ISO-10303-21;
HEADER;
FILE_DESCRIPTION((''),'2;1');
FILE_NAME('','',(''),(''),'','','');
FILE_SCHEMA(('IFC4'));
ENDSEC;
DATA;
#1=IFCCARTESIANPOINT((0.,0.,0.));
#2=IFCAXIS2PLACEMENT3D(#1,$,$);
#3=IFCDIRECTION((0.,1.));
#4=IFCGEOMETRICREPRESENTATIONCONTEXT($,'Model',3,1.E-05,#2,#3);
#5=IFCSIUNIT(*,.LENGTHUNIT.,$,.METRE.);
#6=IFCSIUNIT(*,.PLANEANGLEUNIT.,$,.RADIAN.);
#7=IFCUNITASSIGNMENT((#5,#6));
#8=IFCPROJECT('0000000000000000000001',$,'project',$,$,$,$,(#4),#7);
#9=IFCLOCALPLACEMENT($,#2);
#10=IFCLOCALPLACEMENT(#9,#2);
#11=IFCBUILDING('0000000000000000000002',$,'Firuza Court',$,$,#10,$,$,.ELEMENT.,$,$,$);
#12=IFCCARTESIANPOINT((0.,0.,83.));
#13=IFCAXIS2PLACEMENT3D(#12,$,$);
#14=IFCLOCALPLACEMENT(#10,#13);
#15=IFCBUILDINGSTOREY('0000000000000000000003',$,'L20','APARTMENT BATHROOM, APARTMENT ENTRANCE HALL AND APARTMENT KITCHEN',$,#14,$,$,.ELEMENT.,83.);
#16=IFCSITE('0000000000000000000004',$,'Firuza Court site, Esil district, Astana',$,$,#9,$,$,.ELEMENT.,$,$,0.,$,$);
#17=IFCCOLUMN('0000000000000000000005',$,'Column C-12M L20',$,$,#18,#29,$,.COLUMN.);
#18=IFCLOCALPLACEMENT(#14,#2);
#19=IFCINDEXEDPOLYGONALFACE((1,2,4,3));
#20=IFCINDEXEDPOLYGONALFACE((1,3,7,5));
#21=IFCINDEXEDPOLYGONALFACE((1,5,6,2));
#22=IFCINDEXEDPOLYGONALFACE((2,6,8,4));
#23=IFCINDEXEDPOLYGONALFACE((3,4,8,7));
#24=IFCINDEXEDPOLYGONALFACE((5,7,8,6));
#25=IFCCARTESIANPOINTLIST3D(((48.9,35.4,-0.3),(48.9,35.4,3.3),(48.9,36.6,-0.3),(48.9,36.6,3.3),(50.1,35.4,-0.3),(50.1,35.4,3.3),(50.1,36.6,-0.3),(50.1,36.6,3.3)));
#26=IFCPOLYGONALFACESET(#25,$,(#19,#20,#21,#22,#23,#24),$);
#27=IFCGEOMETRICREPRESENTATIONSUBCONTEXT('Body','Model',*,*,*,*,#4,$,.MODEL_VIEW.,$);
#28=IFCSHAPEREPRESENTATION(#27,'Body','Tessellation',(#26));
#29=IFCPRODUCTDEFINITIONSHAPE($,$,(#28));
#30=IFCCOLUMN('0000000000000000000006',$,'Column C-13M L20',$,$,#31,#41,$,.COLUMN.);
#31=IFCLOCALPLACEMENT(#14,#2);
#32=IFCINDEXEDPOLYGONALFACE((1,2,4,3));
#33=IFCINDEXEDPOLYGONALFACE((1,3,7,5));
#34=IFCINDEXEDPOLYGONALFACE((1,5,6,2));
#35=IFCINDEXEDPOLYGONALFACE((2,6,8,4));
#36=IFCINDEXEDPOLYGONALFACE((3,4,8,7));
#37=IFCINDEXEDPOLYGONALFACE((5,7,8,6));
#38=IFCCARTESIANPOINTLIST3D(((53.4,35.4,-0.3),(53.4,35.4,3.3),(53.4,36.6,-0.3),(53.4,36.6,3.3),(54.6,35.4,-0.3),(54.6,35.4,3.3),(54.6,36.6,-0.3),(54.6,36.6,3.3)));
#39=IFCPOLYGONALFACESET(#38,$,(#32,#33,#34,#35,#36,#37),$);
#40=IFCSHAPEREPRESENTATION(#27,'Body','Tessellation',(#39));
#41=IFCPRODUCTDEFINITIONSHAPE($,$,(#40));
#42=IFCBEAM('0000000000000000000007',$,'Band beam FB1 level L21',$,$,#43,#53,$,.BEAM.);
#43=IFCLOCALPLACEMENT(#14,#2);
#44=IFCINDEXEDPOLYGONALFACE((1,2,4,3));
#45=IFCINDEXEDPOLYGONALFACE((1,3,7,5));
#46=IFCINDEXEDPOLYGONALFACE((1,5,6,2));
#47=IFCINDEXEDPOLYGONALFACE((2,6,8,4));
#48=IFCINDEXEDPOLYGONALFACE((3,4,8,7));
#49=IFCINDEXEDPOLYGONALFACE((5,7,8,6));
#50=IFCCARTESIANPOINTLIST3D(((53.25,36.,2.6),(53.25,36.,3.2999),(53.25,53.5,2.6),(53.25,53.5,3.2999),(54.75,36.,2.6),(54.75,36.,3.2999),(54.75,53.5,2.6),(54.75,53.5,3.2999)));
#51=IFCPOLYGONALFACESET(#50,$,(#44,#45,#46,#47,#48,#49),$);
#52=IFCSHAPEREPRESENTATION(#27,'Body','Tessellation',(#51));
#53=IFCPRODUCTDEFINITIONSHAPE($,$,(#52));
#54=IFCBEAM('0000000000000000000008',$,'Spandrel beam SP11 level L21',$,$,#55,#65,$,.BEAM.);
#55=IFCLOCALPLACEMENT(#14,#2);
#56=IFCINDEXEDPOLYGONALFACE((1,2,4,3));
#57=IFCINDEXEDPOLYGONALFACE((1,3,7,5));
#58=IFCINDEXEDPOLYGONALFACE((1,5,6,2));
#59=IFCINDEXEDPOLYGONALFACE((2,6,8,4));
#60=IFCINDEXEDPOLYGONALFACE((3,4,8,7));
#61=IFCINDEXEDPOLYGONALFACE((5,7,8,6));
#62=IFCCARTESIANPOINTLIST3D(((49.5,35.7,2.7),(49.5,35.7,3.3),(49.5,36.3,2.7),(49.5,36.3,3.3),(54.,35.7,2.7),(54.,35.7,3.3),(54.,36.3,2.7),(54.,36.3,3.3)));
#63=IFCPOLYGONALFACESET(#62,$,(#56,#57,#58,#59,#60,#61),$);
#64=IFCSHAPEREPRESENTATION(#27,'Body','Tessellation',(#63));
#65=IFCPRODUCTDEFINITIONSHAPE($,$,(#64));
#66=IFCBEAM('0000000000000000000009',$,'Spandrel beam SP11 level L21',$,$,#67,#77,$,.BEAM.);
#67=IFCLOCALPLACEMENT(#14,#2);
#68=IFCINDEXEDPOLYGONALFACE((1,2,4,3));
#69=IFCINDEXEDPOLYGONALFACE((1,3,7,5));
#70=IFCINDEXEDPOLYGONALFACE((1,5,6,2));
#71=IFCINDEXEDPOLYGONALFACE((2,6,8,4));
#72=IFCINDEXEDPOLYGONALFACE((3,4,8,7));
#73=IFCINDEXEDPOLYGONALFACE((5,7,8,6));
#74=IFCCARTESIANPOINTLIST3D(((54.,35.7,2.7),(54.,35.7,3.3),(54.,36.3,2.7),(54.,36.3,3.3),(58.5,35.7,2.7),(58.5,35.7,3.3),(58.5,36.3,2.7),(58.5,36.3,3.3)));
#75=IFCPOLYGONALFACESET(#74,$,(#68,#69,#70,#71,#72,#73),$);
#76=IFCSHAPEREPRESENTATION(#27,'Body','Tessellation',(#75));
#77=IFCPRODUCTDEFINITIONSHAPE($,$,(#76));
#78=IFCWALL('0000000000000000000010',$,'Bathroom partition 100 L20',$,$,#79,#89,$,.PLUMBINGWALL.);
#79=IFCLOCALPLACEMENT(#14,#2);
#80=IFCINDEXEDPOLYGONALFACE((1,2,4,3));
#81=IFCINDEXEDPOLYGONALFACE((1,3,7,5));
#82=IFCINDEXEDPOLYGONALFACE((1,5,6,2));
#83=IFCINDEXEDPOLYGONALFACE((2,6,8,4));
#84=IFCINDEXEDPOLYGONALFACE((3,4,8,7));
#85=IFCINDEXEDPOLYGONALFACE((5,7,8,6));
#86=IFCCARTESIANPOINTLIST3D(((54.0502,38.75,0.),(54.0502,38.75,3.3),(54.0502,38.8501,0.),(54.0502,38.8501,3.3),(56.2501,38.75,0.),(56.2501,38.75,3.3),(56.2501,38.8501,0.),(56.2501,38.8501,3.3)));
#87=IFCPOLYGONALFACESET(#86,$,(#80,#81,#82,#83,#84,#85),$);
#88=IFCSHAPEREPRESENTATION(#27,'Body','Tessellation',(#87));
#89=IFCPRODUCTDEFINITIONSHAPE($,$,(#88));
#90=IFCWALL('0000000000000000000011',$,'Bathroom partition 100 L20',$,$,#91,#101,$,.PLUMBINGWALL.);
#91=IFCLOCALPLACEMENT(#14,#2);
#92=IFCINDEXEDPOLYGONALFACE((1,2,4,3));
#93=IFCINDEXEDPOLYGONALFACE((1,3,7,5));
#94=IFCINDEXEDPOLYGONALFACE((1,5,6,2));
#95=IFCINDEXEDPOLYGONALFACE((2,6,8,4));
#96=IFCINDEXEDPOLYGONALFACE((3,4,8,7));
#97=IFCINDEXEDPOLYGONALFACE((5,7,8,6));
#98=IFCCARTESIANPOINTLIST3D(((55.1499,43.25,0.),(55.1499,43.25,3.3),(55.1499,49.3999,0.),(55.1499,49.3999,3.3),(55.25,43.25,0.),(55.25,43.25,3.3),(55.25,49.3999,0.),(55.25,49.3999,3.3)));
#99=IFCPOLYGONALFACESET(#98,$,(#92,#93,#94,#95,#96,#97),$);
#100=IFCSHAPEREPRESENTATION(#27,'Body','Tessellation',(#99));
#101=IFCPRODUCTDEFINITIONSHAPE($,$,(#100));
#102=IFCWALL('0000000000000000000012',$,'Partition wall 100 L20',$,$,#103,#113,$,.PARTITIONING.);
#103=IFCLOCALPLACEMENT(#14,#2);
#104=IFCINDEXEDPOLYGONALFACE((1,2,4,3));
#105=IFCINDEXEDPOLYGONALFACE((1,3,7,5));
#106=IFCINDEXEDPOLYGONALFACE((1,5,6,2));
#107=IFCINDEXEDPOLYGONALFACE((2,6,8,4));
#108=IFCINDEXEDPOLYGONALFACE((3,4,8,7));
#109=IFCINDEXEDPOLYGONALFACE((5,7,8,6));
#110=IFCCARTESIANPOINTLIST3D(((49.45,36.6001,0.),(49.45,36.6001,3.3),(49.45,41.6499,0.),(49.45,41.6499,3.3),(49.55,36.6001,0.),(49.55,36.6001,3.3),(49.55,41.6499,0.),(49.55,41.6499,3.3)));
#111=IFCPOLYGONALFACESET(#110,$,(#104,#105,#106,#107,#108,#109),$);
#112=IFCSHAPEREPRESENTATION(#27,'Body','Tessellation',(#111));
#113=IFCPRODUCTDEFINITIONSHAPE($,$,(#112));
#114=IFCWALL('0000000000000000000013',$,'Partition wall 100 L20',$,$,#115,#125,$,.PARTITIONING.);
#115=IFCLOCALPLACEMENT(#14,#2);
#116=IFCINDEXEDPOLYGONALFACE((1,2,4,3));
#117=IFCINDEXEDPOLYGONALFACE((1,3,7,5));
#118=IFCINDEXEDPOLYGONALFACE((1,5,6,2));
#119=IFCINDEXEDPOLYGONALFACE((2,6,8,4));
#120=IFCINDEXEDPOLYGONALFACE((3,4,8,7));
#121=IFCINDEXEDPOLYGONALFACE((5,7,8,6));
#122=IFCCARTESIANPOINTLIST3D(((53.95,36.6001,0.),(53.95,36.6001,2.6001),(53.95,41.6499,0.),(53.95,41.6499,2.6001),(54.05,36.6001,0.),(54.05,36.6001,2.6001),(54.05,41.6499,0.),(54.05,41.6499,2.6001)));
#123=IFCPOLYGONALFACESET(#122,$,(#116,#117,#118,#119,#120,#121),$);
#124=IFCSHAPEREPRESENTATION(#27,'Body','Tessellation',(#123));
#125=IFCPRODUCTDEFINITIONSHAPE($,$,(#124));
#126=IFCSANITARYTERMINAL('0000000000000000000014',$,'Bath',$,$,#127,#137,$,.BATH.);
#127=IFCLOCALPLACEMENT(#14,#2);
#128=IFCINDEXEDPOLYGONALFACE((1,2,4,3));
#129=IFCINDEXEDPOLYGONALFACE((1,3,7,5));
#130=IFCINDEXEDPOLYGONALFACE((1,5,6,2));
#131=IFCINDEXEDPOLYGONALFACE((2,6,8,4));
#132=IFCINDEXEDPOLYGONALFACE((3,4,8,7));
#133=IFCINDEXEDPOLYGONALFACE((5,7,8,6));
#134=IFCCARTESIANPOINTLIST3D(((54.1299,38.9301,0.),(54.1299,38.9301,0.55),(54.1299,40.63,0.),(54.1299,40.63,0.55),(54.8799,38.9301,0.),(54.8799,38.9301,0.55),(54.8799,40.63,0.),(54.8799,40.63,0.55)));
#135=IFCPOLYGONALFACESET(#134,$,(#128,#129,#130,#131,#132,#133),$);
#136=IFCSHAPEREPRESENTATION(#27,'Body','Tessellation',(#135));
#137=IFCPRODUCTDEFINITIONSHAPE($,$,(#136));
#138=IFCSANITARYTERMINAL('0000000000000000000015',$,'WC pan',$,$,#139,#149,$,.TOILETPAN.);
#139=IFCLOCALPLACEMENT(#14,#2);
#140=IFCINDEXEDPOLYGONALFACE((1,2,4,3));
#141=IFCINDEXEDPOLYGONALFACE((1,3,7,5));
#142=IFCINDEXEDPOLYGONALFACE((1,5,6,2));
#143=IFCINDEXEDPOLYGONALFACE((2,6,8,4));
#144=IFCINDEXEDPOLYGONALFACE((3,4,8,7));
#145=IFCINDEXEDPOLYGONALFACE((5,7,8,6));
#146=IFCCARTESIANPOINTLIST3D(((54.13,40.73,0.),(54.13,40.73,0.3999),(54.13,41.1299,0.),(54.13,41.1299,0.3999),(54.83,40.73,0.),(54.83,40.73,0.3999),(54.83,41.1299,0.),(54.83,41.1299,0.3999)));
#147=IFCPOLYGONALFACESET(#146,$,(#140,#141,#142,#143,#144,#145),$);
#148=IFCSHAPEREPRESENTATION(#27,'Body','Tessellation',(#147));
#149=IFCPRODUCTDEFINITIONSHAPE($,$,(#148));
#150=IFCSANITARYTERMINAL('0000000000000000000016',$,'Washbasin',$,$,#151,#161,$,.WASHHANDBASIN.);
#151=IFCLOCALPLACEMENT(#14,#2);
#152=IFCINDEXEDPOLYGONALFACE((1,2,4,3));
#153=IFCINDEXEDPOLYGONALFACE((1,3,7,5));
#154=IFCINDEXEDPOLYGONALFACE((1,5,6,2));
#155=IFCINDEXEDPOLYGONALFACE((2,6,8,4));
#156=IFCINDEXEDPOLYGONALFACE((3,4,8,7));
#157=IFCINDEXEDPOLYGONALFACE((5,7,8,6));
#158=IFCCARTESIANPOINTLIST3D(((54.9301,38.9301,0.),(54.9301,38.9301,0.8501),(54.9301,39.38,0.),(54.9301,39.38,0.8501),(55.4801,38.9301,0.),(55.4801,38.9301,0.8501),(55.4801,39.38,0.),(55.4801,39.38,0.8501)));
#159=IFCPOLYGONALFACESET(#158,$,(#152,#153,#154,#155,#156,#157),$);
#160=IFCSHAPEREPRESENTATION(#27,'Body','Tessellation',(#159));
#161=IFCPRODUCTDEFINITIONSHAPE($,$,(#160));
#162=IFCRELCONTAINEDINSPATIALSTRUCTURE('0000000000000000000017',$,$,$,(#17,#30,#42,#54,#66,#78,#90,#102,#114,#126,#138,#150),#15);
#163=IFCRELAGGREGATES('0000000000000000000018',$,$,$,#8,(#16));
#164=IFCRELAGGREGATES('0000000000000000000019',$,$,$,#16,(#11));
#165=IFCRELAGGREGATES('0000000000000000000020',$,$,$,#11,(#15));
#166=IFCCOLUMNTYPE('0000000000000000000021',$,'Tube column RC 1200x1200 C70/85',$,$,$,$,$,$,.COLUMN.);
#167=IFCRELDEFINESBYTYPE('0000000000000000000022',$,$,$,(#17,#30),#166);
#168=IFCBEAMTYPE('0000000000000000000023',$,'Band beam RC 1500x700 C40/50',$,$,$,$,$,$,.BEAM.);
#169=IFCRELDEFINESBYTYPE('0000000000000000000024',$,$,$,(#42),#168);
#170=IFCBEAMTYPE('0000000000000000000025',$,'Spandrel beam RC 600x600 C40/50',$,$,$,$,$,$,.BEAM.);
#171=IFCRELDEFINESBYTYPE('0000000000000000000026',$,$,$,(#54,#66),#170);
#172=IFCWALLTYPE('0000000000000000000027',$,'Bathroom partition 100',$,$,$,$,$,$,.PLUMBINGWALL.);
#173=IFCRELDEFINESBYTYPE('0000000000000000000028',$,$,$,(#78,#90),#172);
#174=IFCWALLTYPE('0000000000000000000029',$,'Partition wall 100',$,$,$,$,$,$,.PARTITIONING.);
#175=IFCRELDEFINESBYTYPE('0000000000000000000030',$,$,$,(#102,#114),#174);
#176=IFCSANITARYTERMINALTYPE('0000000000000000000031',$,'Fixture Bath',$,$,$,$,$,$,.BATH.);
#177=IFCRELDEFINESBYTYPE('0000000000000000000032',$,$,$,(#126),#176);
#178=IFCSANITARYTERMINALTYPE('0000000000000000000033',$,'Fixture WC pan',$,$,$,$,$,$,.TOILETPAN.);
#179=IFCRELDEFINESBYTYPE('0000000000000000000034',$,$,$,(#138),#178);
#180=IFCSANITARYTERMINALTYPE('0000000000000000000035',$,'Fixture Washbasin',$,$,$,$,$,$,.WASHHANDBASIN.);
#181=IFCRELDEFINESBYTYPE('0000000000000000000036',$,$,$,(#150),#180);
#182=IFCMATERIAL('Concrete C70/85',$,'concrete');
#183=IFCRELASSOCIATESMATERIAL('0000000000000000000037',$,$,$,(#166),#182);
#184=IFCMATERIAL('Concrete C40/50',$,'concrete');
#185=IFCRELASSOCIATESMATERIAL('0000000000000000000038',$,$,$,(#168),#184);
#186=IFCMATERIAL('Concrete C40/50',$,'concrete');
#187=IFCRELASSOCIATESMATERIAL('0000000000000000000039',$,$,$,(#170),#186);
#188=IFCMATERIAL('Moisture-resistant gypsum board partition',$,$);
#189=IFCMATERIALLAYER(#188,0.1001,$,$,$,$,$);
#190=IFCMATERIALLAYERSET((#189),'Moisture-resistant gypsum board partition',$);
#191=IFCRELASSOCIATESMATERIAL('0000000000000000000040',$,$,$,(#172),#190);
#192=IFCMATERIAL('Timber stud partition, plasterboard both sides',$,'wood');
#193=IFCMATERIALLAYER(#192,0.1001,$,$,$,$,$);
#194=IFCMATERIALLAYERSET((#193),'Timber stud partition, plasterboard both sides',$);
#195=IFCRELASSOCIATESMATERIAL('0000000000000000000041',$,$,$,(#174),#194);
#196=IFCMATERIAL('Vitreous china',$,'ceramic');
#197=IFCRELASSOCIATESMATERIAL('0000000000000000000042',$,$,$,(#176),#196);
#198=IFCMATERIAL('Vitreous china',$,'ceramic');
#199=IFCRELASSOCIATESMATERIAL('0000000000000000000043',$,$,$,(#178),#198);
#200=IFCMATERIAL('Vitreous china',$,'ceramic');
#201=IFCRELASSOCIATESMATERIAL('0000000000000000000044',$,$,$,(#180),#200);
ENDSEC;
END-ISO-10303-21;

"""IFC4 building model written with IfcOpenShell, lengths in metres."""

from ifc_helpers import new_model, si_unit, direction, frame, frame_2d, origin, origin_2d, place, context, subcontext, project, spatial, rectangle, extrude, material, layer, layer_set, material_profile, profile_set, type_object, element, save


model = new_model("IFC4")

# Units and contexts
model_context = context("Model", 3, precision=1e-05, world=origin(), true_north=direction((0.0, 1.0)))
body_context = subcontext(model_context, "Body", "Model", "MODEL_VIEW")
ifc_project = project(units=[si_unit("LENGTHUNIT", "METRE"), si_unit("PLANEANGLEUNIT", "RADIAN")], contexts=[model_context])

# Site, building, storey
site_placement = place(None, origin())
site = spatial("IfcSite", under=ifc_project, at=site_placement, Name="Firuza Court site, Esil district, Astana", CompositionType="ELEMENT", RefElevation=0.0)
building_placement = place(site_placement, origin())
building = spatial("IfcBuilding", under=site, at=building_placement, Name="Firuza Court", CompositionType="ELEMENT")
storey_placement = place(building_placement, frame((0.0, 0.0, 83.0)))
storey = spatial("IfcBuildingStorey", under=building, at=storey_placement, Name="L20", Description="APARTMENT BATHROOM, APARTMENT ENTRANCE HALL AND APARTMENT KITCHEN", CompositionType="ELEMENT", Elevation=83.0)

# Columns
ifc_material_1 = material(Name="Concrete C70/85", Category="concrete")
ifc_material_profile_1 = material_profile(ifc_material_1, rectangle(XDim=1.2, YDim=1.2, at=origin_2d()), Name="RC 1200x1200")
ifc_profile_set_1 = profile_set([ifc_material_profile_1], Name="Concrete C70/85")
column_type = type_object("IfcColumnType", Name="Tube column RC 1200x1200 C70/85", PredefinedType="COLUMN", material=ifc_profile_set_1)
for number, where, z_axis, x_axis, name in (
    (1, (49.5, 36.0, -0.3), (0.0, 0.0, 1.0), (1.0, 0.0, 0.0), "Column C-12M L20"),
    (2, (54.0, 36.0, -0.3), (0.0, 0.0, 1.0), (1.0, 0.0, 0.0), "Column C-13M L20"),
):
    element("IfcColumn", number, at=place(storey_placement, frame(where, z_axis=z_axis, x_axis=x_axis)), inside=storey, type_object=column_type, Name=name, PredefinedType="COLUMN", context=body_context, shape_type="SweptSolid", body=[
        extrude(rectangle(XDim=1.2, YDim=1.2, at=origin_2d()), origin(), (0.0, 0.0, 1.0), 3.6001),
    ])

# Beams
ifc_material_2 = material(Name="Concrete C40/50", Category="concrete")
ifc_material_profile_2 = material_profile(ifc_material_2, rectangle(XDim=1.5, YDim=0.7, at=origin_2d()), Name="RC 1500x700")
ifc_profile_set_2 = profile_set([ifc_material_profile_2], Name="Concrete C40/50")
beam_type_1 = type_object("IfcBeamType", Name="Band beam RC 1500x700 C40/50", PredefinedType="BEAM", material=ifc_profile_set_2)
beam_placement = place(storey_placement, frame((54.0, 36.0, 2.95), z_axis=(0.0, 1.0, 0.0), x_axis=(-1.0, 0.0, 0.0)))
element("IfcBeam", 3, at=beam_placement, inside=storey, type_object=beam_type_1, Name="Band beam FB1 level L21", PredefinedType="BEAM", context=body_context, shape_type="SweptSolid", body=[
    extrude(rectangle(XDim=1.5, YDim=0.7, at=origin_2d()), origin(), (0.0, 0.0, 1.0), 17.5),
])
ifc_material_3 = material(Name="Concrete C40/50", Category="concrete")
ifc_material_profile_3 = material_profile(ifc_material_3, rectangle(XDim=0.6001, YDim=0.6001, at=origin_2d()), Name="RC 600x600")
ifc_profile_set_3 = profile_set([ifc_material_profile_3], Name="Concrete C40/50")
beam_type_2 = type_object("IfcBeamType", Name="Spandrel beam RC 600x600 C40/50", PredefinedType="BEAM", material=ifc_profile_set_3)
for number, where, z_axis, x_axis, name in (
    (4, (49.5, 36.0, 3.0), (1.0, 0.0, 0.0), (0.0, 1.0, 0.0), "Spandrel beam SP11 level L21"),
    (5, (54.0, 36.0, 3.0), (1.0, 0.0, 0.0), (0.0, 1.0, 0.0), "Spandrel beam SP11 level L21"),
):
    element("IfcBeam", number, at=place(storey_placement, frame(where, z_axis=z_axis, x_axis=x_axis)), inside=storey, type_object=beam_type_2, Name=name, PredefinedType="BEAM", context=body_context, shape_type="SweptSolid", body=[
        extrude(rectangle(XDim=0.6001, YDim=0.6001, at=origin_2d()), origin(), (0.0, 0.0, 1.0), 4.5),
    ])

# Walls
ifc_material_4 = material(Name="Moisture-resistant gypsum board partition")
ifc_layer_1 = layer(ifc_material_4, 0.1001)
ifc_layer_set_1 = layer_set([ifc_layer_1], Name="Moisture-resistant gypsum board partition")
wall_type_1 = type_object("IfcWallType", Name="Bathroom partition 100", PredefinedType="PLUMBINGWALL", material=ifc_layer_set_1)
wall_1_placement = place(storey_placement, frame((54.05, 38.8, 0.0), z_axis=(0.0, 0.0, 1.0), x_axis=(1.0, 0.0, 0.0)))
element("IfcWall", 6, at=wall_1_placement, inside=storey, type_object=wall_type_1, Name="Bathroom partition 100 L20", PredefinedType="PLUMBINGWALL", context=body_context, shape_type="SweptSolid", body=[
    extrude(rectangle(XDim=2.2, YDim=0.1001, at=frame_2d((1.1001, 0.0))), origin(), (0.0, 0.0, 1.0), 3.3),
])
wall_2_placement = place(storey_placement, frame((55.2, 43.25, 0.0), z_axis=(0.0, 0.0, 1.0), x_axis=(0.0, 1.0, 0.0)))
element("IfcWall", 7, at=wall_2_placement, inside=storey, type_object=wall_type_1, Name="Bathroom partition 100 L20", PredefinedType="PLUMBINGWALL", context=body_context, shape_type="SweptSolid", body=[
    extrude(rectangle(XDim=6.1499, YDim=0.1001, at=frame_2d((3.075, 0.0))), origin(), (0.0, 0.0, 1.0), 3.3),
])
ifc_material_5 = material(Name="Timber stud partition, plasterboard both sides", Category="wood")
ifc_layer_2 = layer(ifc_material_5, 0.1001)
ifc_layer_set_2 = layer_set([ifc_layer_2], Name="Timber stud partition, plasterboard both sides")
wall_type_2 = type_object("IfcWallType", Name="Partition wall 100", PredefinedType="PARTITIONING", material=ifc_layer_set_2)
wall_3_placement = place(storey_placement, frame((49.5, 36.6001, 0.0), z_axis=(0.0, 0.0, 1.0), x_axis=(0.0, 1.0, 0.0)))
element("IfcWall", 8, at=wall_3_placement, inside=storey, type_object=wall_type_2, Name="Partition wall 100 L20", PredefinedType="PARTITIONING", context=body_context, shape_type="SweptSolid", body=[
    extrude(rectangle(XDim=5.0498, YDim=0.1001, at=frame_2d((2.5249, 0.0))), origin(), (0.0, 0.0, 1.0), 3.3),
])
wall_4_placement = place(storey_placement, frame((54.0, 36.6001, 0.0), z_axis=(0.0, 0.0, 1.0), x_axis=(0.0, 1.0, 0.0)))
element("IfcWall", 9, at=wall_4_placement, inside=storey, type_object=wall_type_2, Name="Partition wall 100 L20", PredefinedType="PARTITIONING", context=body_context, shape_type="SweptSolid", body=[
    extrude(rectangle(XDim=5.0498, YDim=0.1001, at=frame_2d((2.5249, 0.0))), origin(), (0.0, 0.0, 1.0), 2.6001),
])

# Sanitary terminals
ifc_material_6 = material(Name="Vitreous china", Category="ceramic")
sanitary_terminal_type_1 = type_object("IfcSanitaryTerminalType", Name="Fixture Bath", PredefinedType="BATH", material=ifc_material_6)
sanitary_terminal_1_placement = place(storey_placement, frame((54.5049, 39.78, 0.0), z_axis=(0.0, 0.0, 1.0), x_axis=(1.0, 0.0, 0.0)))
element("IfcSanitaryTerminal", 10, at=sanitary_terminal_1_placement, inside=storey, type_object=sanitary_terminal_type_1, Name="Bath", PredefinedType="BATH", context=body_context, shape_type="SweptSolid", body=[
    extrude(rectangle(XDim=0.75, YDim=1.7, at=origin_2d()), origin(), (0.0, 0.0, 1.0), 0.55),
])
ifc_material_7 = material(Name="Vitreous china", Category="ceramic")
sanitary_terminal_type_2 = type_object("IfcSanitaryTerminalType", Name="Fixture WC pan", PredefinedType="TOILETPAN", material=ifc_material_7)
sanitary_terminal_2_placement = place(storey_placement, frame((54.48, 40.9299, 0.0), z_axis=(0.0, 0.0, 1.0), x_axis=(1.0, 0.0, 0.0)))
element("IfcSanitaryTerminal", 11, at=sanitary_terminal_2_placement, inside=storey, type_object=sanitary_terminal_type_2, Name="WC pan", PredefinedType="TOILETPAN", context=body_context, shape_type="SweptSolid", body=[
    extrude(rectangle(XDim=0.7, YDim=0.3999, at=origin_2d()), origin(), (0.0, 0.0, 1.0), 0.3999),
])
ifc_material_8 = material(Name="Vitreous china", Category="ceramic")
sanitary_terminal_type_3 = type_object("IfcSanitaryTerminalType", Name="Fixture Washbasin", PredefinedType="WASHHANDBASIN", material=ifc_material_8)
sanitary_terminal_3_placement = place(storey_placement, frame((55.2051, 39.155, 0.0), z_axis=(0.0, 0.0, 1.0), x_axis=(1.0, 0.0, 0.0)))
element("IfcSanitaryTerminal", 12, at=sanitary_terminal_3_placement, inside=storey, type_object=sanitary_terminal_type_3, Name="Washbasin", PredefinedType="WASHHANDBASIN", context=body_context, shape_type="SweptSolid", body=[
    extrude(rectangle(XDim=0.55, YDim=0.45, at=origin_2d()), origin(), (0.0, 0.0, 1.0), 0.8501),
])

save(model, "model.ifc")
